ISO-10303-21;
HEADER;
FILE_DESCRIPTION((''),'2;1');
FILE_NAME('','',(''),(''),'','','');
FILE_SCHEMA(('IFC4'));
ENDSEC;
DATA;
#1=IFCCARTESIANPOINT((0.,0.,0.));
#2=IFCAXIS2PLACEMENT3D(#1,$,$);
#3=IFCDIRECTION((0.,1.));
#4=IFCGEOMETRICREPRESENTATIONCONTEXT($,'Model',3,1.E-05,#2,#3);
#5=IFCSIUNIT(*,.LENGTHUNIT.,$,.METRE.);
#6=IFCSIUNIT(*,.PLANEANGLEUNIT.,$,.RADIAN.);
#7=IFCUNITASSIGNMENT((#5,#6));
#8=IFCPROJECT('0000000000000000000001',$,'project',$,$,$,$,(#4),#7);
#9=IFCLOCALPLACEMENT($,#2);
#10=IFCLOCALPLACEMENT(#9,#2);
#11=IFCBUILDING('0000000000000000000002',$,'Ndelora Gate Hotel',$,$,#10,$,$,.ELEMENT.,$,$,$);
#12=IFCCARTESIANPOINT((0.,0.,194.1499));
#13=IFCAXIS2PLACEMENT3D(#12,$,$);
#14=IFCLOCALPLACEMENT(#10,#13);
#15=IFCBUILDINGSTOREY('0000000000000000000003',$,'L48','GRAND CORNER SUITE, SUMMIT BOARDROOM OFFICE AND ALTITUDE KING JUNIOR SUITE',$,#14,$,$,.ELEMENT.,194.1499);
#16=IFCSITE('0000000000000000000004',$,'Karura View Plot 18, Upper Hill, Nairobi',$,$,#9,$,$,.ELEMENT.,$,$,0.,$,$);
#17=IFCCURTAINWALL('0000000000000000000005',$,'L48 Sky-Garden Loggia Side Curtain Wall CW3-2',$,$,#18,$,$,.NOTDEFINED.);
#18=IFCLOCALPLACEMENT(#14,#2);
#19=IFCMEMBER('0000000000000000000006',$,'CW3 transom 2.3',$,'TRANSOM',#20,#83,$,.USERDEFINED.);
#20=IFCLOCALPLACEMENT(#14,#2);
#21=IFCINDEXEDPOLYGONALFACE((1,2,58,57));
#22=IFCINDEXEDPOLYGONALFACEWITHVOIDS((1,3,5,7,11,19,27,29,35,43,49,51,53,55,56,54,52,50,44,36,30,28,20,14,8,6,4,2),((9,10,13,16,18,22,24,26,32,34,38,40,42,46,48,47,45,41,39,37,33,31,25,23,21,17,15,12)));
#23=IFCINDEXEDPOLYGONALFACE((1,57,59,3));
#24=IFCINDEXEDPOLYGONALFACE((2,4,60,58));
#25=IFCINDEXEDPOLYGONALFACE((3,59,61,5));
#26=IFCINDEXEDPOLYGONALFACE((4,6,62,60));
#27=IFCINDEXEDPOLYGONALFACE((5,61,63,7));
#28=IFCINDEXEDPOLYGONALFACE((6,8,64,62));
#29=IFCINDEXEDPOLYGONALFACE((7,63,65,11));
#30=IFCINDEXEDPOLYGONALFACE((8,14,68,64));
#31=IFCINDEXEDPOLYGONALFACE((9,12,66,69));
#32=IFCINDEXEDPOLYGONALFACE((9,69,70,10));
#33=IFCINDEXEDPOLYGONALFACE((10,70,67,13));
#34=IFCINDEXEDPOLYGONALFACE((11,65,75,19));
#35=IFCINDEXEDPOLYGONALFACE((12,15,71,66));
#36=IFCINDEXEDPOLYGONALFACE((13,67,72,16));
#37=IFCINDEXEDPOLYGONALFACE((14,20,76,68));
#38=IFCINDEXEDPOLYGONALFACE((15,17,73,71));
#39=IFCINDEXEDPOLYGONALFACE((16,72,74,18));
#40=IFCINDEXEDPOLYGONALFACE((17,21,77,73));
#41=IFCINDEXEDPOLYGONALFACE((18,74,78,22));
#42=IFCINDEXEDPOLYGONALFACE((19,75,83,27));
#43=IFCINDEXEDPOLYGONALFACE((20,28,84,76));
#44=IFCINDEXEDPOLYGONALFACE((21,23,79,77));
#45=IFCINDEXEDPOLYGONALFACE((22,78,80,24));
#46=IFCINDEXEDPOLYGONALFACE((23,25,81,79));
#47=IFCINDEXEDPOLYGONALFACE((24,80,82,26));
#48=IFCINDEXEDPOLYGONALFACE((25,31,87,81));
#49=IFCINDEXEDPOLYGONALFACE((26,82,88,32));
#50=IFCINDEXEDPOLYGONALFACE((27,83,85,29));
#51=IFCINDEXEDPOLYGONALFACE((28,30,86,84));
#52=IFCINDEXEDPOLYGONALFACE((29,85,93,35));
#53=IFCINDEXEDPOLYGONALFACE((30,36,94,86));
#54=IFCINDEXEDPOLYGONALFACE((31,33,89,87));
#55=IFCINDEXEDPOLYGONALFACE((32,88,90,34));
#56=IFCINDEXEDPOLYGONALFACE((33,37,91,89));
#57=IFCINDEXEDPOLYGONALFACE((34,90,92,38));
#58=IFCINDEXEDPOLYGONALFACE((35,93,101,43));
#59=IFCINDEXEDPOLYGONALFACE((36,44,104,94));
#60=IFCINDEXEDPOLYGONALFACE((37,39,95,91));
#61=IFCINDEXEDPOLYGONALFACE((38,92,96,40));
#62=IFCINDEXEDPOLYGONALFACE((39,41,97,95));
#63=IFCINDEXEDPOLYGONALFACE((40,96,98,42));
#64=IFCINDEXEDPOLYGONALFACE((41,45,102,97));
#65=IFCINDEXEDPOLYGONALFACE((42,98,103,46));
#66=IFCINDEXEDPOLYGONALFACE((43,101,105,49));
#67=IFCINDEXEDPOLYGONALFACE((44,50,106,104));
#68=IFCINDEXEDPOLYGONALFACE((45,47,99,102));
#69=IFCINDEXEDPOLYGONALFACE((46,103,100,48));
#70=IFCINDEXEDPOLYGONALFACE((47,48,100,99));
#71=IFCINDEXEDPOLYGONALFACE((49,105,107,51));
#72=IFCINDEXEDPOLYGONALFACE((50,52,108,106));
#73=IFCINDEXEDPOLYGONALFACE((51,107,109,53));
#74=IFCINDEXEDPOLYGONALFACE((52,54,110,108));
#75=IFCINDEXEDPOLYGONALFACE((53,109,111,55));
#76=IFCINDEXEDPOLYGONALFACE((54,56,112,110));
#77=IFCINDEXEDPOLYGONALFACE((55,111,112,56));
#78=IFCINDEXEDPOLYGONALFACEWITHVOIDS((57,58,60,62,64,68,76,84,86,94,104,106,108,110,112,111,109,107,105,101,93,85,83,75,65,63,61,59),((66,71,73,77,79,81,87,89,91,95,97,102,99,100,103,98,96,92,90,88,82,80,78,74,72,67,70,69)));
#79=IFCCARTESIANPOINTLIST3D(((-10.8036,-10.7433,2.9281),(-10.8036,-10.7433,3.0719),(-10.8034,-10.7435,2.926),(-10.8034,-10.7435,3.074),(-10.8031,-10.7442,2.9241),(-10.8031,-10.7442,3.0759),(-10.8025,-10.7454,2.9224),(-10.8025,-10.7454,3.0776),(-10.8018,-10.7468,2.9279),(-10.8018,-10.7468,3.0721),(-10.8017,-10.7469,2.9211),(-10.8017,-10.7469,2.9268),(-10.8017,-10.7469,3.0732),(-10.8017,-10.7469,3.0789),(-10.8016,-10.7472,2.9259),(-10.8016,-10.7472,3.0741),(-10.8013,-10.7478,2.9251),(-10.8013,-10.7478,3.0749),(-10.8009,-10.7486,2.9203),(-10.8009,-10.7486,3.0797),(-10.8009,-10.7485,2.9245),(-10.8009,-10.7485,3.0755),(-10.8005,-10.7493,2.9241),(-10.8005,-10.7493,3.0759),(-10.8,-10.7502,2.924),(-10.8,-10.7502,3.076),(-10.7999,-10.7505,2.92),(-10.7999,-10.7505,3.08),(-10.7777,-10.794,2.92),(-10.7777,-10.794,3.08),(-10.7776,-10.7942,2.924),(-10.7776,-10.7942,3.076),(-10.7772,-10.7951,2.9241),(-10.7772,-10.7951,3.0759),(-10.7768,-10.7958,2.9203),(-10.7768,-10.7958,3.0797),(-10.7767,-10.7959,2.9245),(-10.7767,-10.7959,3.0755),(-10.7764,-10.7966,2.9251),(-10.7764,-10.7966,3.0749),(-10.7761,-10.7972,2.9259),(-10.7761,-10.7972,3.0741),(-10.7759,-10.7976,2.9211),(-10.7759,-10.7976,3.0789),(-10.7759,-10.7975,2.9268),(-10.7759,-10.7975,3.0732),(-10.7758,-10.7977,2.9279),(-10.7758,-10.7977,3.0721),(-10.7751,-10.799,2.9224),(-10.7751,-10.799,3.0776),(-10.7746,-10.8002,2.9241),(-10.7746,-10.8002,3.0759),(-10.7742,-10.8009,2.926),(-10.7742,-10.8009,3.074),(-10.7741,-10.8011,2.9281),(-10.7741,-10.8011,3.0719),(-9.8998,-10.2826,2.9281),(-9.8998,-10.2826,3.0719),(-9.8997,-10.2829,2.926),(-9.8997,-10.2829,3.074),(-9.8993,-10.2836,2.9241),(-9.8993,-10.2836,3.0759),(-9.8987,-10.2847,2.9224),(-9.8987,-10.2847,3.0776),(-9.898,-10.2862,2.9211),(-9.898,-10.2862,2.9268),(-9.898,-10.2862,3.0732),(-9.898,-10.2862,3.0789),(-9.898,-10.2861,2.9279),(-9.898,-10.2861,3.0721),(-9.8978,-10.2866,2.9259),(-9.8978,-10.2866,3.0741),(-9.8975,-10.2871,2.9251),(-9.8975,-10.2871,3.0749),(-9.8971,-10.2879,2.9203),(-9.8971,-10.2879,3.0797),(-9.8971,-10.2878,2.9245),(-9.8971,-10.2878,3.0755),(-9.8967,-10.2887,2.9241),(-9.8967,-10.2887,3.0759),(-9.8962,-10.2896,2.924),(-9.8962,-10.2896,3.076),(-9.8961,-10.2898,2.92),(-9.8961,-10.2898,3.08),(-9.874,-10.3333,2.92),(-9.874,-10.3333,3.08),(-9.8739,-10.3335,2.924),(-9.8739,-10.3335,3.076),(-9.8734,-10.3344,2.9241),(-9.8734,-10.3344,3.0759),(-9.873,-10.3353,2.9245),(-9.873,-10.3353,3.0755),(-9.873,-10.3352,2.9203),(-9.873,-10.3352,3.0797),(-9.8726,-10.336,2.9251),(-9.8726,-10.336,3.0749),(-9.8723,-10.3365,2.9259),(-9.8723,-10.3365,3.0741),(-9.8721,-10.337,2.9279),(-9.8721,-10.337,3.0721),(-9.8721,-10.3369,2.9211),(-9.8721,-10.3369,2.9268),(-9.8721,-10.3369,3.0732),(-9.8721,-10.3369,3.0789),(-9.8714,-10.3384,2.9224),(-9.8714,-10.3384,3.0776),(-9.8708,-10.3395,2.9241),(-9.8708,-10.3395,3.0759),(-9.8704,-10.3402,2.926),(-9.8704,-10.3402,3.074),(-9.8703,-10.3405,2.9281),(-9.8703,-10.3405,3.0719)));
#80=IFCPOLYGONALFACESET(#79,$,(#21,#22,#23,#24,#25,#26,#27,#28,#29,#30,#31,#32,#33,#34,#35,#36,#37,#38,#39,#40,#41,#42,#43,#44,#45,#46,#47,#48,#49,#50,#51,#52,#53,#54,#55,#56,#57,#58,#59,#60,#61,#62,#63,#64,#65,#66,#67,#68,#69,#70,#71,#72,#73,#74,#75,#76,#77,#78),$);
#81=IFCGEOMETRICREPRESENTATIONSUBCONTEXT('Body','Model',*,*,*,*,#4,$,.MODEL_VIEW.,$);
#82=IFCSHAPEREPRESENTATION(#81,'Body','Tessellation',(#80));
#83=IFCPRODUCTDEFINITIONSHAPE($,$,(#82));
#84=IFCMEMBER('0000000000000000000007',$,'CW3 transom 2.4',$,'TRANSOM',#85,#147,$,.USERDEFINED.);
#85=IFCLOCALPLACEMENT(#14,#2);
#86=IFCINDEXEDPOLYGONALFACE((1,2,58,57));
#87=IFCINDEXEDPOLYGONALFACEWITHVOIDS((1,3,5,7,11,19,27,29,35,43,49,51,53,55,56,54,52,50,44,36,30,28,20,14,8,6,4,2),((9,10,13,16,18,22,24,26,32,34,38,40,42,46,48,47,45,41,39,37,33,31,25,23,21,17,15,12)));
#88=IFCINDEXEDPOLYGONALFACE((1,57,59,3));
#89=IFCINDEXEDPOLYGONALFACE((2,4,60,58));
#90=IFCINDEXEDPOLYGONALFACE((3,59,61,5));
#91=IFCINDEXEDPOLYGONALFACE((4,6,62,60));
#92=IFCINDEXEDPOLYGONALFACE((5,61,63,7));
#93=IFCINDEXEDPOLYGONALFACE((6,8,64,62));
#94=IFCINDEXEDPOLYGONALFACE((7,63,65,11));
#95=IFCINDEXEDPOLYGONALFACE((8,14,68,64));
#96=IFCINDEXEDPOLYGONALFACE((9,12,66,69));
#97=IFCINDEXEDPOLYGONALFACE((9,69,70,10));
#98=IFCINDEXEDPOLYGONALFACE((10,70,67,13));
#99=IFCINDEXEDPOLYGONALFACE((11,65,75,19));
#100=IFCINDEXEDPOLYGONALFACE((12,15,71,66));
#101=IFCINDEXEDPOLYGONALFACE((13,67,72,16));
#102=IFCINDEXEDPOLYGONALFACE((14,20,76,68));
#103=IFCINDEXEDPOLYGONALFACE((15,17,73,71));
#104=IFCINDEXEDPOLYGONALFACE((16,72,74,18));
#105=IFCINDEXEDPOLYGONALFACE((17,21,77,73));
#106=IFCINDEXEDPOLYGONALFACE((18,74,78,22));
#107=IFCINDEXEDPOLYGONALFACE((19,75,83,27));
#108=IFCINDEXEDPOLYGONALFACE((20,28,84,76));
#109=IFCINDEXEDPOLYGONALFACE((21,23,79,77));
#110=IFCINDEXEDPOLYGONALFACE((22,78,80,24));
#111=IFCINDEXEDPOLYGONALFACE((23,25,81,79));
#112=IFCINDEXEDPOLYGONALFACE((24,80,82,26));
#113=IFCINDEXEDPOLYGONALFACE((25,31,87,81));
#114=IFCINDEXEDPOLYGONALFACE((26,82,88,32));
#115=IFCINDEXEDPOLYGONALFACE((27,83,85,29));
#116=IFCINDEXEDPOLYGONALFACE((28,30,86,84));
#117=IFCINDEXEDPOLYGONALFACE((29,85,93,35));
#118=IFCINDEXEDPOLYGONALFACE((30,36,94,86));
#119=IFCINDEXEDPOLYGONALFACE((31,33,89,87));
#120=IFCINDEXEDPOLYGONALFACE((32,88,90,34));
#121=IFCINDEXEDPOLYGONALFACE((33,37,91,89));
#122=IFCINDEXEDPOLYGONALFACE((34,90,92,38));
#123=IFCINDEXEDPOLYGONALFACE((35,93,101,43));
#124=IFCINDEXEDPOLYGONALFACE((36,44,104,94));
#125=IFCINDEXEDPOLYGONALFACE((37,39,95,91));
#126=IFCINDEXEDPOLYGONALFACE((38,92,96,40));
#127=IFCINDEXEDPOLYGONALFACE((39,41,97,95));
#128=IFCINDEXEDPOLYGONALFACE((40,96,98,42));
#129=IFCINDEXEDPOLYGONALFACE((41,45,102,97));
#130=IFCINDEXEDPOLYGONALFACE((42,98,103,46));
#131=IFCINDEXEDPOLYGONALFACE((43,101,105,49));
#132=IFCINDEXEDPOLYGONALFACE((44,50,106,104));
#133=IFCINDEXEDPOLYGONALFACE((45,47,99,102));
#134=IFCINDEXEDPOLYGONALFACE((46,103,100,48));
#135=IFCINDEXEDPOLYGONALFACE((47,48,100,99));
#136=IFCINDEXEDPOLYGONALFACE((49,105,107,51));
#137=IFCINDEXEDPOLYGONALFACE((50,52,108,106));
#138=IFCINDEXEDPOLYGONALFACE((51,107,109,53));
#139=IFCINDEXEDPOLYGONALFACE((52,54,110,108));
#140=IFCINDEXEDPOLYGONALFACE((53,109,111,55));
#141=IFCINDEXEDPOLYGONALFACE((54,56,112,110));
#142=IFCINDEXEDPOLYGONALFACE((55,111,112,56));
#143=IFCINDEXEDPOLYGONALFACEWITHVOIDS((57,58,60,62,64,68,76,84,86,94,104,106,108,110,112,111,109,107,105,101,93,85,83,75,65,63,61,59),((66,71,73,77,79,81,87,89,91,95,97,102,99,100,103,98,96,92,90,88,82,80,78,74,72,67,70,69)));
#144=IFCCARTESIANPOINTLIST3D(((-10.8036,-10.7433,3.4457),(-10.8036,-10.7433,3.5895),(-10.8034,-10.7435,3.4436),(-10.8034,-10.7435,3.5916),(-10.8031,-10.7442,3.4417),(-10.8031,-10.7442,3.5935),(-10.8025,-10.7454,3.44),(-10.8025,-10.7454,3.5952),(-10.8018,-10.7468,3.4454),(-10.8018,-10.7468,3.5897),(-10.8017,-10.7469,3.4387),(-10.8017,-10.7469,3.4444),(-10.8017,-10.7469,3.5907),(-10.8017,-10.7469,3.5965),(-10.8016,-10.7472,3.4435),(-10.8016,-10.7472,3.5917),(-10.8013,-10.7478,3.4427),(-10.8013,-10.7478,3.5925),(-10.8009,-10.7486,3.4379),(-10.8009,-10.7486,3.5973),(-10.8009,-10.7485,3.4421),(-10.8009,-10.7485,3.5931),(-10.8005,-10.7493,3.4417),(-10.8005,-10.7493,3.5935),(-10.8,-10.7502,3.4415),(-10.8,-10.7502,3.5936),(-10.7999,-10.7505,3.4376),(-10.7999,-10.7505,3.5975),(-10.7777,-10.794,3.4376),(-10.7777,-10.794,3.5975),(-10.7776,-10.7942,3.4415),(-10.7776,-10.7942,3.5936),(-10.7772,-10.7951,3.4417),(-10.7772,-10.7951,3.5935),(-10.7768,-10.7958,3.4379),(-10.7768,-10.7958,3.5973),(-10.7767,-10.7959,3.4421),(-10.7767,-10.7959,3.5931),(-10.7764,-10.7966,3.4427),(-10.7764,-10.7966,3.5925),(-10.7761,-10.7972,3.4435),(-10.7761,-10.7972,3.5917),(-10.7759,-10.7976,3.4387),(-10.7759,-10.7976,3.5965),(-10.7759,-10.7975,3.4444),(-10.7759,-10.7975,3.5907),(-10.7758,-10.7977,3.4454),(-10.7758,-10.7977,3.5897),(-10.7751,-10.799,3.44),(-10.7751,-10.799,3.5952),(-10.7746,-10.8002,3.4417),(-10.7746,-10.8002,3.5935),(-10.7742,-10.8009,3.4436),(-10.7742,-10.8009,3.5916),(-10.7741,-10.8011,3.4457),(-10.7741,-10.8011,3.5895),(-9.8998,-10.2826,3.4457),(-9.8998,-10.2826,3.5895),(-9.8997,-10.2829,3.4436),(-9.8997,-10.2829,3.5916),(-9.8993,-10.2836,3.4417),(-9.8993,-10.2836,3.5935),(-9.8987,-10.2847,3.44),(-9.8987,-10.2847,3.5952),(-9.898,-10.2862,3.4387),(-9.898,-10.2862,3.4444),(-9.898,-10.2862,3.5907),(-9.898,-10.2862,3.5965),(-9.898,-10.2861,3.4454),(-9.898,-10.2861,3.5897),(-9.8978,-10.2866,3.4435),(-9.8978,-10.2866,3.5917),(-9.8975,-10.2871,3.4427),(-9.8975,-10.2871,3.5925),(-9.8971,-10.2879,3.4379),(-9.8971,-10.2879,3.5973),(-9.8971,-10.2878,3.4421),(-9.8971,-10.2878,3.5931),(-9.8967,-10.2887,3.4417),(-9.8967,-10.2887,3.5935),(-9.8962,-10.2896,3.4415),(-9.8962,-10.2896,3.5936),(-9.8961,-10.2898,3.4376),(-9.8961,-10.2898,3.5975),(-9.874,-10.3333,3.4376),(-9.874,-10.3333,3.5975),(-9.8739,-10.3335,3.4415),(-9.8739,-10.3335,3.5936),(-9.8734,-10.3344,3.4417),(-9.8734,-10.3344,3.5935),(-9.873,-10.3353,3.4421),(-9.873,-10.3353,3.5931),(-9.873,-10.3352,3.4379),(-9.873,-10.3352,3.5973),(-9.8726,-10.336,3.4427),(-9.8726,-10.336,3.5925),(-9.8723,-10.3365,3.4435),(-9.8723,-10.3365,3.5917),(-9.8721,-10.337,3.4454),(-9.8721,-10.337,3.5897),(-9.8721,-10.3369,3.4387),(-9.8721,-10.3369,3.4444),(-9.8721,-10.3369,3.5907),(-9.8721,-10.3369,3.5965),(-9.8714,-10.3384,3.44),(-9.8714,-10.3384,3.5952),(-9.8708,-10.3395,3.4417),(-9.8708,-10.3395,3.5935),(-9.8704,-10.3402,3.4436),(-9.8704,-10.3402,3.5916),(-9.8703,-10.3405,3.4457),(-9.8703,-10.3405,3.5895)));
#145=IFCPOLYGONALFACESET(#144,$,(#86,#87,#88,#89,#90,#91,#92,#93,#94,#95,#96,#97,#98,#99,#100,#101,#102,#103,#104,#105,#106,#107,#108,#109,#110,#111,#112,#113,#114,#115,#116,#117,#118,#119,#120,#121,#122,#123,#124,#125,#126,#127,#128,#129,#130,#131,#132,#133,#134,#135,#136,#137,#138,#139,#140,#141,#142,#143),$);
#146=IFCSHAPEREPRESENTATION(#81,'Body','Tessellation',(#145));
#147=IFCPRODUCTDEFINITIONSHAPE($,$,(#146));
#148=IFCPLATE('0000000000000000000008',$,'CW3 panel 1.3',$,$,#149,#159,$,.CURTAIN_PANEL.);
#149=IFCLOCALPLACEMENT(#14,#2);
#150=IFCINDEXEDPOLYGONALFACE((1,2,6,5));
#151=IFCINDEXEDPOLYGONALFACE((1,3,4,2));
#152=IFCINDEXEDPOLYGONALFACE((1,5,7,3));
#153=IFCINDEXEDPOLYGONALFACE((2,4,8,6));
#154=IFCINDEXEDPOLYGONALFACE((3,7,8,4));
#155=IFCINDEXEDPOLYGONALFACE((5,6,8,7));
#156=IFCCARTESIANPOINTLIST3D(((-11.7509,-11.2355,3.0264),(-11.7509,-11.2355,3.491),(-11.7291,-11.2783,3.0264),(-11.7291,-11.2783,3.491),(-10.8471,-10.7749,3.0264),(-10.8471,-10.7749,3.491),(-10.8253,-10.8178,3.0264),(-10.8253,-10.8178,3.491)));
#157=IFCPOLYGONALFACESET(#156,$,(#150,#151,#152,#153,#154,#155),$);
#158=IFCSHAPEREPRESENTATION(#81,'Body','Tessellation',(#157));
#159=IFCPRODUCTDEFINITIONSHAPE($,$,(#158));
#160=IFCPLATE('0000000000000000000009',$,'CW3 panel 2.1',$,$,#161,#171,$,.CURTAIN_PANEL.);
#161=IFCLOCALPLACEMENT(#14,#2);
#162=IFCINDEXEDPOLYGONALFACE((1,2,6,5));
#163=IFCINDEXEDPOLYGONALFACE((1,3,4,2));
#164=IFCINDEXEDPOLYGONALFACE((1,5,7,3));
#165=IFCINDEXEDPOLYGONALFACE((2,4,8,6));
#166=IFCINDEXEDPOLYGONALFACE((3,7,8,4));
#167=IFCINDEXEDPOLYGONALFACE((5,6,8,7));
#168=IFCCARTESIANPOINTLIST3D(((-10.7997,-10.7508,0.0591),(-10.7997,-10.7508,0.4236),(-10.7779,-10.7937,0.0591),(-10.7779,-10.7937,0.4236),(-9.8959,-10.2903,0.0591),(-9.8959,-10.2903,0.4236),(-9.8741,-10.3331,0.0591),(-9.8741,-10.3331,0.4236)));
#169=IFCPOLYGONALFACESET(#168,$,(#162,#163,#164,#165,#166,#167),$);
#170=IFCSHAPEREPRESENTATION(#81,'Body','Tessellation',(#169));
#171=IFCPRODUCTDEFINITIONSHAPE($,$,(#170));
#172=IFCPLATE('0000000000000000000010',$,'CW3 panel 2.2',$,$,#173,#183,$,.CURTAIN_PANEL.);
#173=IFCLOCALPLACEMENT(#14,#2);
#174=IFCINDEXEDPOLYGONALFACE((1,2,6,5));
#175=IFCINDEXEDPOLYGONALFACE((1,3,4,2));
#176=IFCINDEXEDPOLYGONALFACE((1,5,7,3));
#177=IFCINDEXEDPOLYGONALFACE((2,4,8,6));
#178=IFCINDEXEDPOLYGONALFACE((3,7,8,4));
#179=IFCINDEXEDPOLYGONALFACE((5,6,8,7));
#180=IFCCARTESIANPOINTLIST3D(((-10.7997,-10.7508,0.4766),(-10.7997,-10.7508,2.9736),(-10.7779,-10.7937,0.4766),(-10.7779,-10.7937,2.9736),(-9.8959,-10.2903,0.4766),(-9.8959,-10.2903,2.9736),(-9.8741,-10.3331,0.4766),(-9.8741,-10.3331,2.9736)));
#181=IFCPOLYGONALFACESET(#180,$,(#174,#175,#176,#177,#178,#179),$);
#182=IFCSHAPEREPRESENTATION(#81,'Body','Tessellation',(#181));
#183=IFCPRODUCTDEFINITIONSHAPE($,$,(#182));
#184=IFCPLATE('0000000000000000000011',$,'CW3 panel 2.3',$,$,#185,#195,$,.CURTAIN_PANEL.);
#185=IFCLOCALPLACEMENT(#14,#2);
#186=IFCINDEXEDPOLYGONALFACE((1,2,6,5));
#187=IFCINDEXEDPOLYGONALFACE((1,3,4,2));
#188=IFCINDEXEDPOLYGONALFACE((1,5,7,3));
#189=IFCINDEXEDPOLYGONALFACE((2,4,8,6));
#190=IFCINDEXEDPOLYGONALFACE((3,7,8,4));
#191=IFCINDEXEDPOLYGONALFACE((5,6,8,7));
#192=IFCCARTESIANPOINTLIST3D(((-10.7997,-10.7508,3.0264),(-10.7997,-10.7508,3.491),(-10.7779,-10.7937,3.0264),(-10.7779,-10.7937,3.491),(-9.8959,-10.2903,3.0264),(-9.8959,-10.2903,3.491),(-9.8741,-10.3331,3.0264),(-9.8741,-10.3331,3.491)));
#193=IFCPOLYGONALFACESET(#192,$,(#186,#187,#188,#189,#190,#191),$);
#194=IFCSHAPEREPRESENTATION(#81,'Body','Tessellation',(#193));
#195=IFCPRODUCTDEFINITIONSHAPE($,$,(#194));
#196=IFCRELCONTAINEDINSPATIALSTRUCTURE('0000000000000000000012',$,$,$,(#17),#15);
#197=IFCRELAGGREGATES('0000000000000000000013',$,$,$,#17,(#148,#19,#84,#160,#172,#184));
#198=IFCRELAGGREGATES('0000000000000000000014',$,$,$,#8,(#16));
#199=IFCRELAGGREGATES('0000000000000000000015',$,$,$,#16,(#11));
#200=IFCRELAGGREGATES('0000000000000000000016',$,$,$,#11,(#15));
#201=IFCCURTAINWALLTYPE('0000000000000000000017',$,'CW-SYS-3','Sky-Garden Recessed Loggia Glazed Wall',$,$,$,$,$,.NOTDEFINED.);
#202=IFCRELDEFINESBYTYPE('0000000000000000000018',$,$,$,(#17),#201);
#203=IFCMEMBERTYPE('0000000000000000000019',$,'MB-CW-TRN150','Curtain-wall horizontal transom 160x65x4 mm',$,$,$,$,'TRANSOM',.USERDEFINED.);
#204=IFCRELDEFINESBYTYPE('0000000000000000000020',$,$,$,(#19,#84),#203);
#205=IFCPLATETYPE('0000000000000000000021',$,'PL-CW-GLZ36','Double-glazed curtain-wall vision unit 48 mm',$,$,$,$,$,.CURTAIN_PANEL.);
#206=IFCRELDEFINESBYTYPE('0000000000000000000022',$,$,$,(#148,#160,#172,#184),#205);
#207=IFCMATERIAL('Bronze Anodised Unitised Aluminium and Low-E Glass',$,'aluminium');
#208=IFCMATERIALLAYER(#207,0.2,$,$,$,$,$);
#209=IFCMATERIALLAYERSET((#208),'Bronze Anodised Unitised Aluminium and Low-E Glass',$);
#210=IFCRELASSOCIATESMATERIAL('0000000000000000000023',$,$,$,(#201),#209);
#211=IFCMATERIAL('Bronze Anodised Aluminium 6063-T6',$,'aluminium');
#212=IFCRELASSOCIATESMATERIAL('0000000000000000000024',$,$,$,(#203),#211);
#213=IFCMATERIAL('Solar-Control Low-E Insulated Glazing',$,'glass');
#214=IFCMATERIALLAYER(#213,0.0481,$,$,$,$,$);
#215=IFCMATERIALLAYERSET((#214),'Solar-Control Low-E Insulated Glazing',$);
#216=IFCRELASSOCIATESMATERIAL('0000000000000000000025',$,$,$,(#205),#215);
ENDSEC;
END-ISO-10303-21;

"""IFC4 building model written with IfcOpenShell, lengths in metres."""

from ifc_helpers import new_model, si_unit, direction, frame, origin, origin_2d, place, context, subcontext, project, spatial, rectangle, hollow_rectangle, extrude, material, layer, layer_set, material_profile, profile_set, type_object, element, aggregate, save


model = new_model("IFC4")

# Units and contexts
model_context = context("Model", 3, precision=1e-05, world=origin(), true_north=direction((0.0, 1.0)))
body_context = subcontext(model_context, "Body", "Model", "MODEL_VIEW")
ifc_project = project(units=[si_unit("LENGTHUNIT", "METRE"), si_unit("PLANEANGLEUNIT", "RADIAN")], contexts=[model_context])

# Site, building, storey
site_placement = place(None, origin())
site = spatial("IfcSite", under=ifc_project, at=site_placement, Name="Karura View Plot 18, Upper Hill, Nairobi", CompositionType="ELEMENT", RefElevation=0.0)
building_placement = place(site_placement, origin())
building = spatial("IfcBuilding", under=site, at=building_placement, Name="Ndelora Gate Hotel", CompositionType="ELEMENT")
storey_placement = place(building_placement, frame((0.0, 0.0, 194.1499)))
storey = spatial("IfcBuildingStorey", under=building, at=storey_placement, Name="L48", Description="GRAND CORNER SUITE, SUMMIT BOARDROOM OFFICE AND ALTITUDE KING JUNIOR SUITE", CompositionType="ELEMENT", Elevation=194.1499)

# Curtain wall, members, plates
ifc_material_1 = material(Name="Bronze Anodised Unitised Aluminium and Low-E Glass", Category="aluminium")
ifc_layer_1 = layer(ifc_material_1, 0.2)
ifc_layer_set_1 = layer_set([ifc_layer_1], Name="Bronze Anodised Unitised Aluminium and Low-E Glass")
curtain_wall_type = type_object("IfcCurtainWallType", Name="CW-SYS-3", Description="Sky-Garden Recessed Loggia Glazed Wall", PredefinedType="NOTDEFINED", material=ifc_layer_set_1)
curtain_wall_placement = place(storey_placement, origin())
curtain_wall = element("IfcCurtainWall", 1, at=curtain_wall_placement, inside=storey, type_object=curtain_wall_type, Name="L48 Sky-Garden Loggia Side Curtain Wall CW3-2", PredefinedType="NOTDEFINED")
ifc_material_2 = material(Name="Bronze Anodised Aluminium 6063-T6", Category="aluminium")
ifc_material_profile_1 = material_profile(ifc_material_2, hollow_rectangle(XDim=0.0649, YDim=0.1599, WallThickness=0.0039, InnerFilletRadius=0.0039, OuterFilletRadius=0.0081, at=origin_2d()), Name="ALU 160x65x4")
ifc_profile_set_1 = profile_set([ifc_material_profile_1], Name="Bronze Anodised Aluminium 6063-T6")
member_type_1 = type_object("IfcMemberType", Name="MB-CW-TRN150", Description="Curtain-wall horizontal transom 160x65x4 mm", ElementType="TRANSOM", PredefinedType="USERDEFINED", material=ifc_profile_set_1)
member_1_placement = place(storey_placement, frame((-10.7888, -10.7722, 3.0), z_axis=(0.890935, 0.454131, 0.0), x_axis=(-0.454131, 0.890935, 0.0)))
member_1 = element("IfcMember", 2, at=member_1_placement, type_object=member_type_1, Name="CW3 transom 2.3", ObjectType="TRANSOM", PredefinedType="USERDEFINED", context=body_context, shape_type="SweptSolid", body=[
    extrude(hollow_rectangle(XDim=0.0649, YDim=0.1599, WallThickness=0.0039, InnerFilletRadius=0.0039, OuterFilletRadius=0.0081, at=origin_2d()), origin(), (0.0, 0.0, 1.0), 1.0144),
])
member_2_placement = place(storey_placement, frame((-10.7888, -10.7722, 3.5176), z_axis=(0.890935, 0.454131, 0.0), x_axis=(-0.454131, 0.890935, 0.0)))
member_2 = element("IfcMember", 3, at=member_2_placement, type_object=member_type_1, Name="CW3 transom 2.4", ObjectType="TRANSOM", PredefinedType="USERDEFINED", context=body_context, shape_type="SweptSolid", body=[
    extrude(hollow_rectangle(XDim=0.0649, YDim=0.1599, WallThickness=0.0039, InnerFilletRadius=0.0039, OuterFilletRadius=0.0081, at=origin_2d()), origin(), (0.0, 0.0, 1.0), 1.0144),
])
ifc_material_3 = material(Name="Solar-Control Low-E Insulated Glazing", Category="glass")
ifc_layer_2 = layer(ifc_material_3, 0.0481)
ifc_layer_set_2 = layer_set([ifc_layer_2], Name="Solar-Control Low-E Insulated Glazing")
plate_type = type_object("IfcPlateType", Name="PL-CW-GLZ36", Description="Double-glazed curtain-wall vision unit 48 mm", PredefinedType="CURTAIN_PANEL", material=ifc_layer_set_2)
plate_1_placement = place(storey_placement, frame((-11.2881, -11.0266, 3.0264), z_axis=(0.0, 0.0, 1.0), x_axis=(0.891001, 0.454001, 0.0)))
plate_1 = element("IfcPlate", 4, at=plate_1_placement, type_object=plate_type, Name="CW3 panel 1.3", PredefinedType="CURTAIN_PANEL", context=body_context, shape_type="SweptSolid", body=[
    extrude(rectangle(XDim=1.0144, YDim=0.0481, at=origin_2d()), origin(), (0.0, 0.0, 1.0), 0.4646),
])
plate_2_placement = place(storey_placement, frame((-10.3369, -10.542, 0.0591), z_axis=(0.0, 0.0, 1.0), x_axis=(0.891001, 0.454001, 0.0)))
plate_2 = element("IfcPlate", 5, at=plate_2_placement, type_object=plate_type, Name="CW3 panel 2.1", PredefinedType="CURTAIN_PANEL", context=body_context, shape_type="SweptSolid", body=[
    extrude(rectangle(XDim=1.0144, YDim=0.0481, at=origin_2d()), origin(), (0.0, 0.0, 1.0), 0.3645),
])
plate_3_placement = place(storey_placement, frame((-10.3369, -10.542, 0.4766), z_axis=(0.0, 0.0, 1.0), x_axis=(0.891001, 0.454001, 0.0)))
plate_3 = element("IfcPlate", 6, at=plate_3_placement, type_object=plate_type, Name="CW3 panel 2.2", PredefinedType="CURTAIN_PANEL", context=body_context, shape_type="SweptSolid", body=[
    extrude(rectangle(XDim=1.0144, YDim=0.0481, at=origin_2d()), origin(), (0.0, 0.0, 1.0), 2.4971),
])
plate_4_placement = place(storey_placement, frame((-10.3369, -10.542, 3.0264), z_axis=(0.0, 0.0, 1.0), x_axis=(0.891001, 0.454001, 0.0)))
plate_4 = element("IfcPlate", 7, at=plate_4_placement, type_object=plate_type, Name="CW3 panel 2.3", PredefinedType="CURTAIN_PANEL", context=body_context, shape_type="SweptSolid", body=[
    extrude(rectangle(XDim=1.0144, YDim=0.0481, at=origin_2d()), origin(), (0.0, 0.0, 1.0), 0.4646),
])
aggregate(curtain_wall, [plate_1, member_1, member_2, plate_2, plate_3, plate_4])

save(model, "model.ifc")
